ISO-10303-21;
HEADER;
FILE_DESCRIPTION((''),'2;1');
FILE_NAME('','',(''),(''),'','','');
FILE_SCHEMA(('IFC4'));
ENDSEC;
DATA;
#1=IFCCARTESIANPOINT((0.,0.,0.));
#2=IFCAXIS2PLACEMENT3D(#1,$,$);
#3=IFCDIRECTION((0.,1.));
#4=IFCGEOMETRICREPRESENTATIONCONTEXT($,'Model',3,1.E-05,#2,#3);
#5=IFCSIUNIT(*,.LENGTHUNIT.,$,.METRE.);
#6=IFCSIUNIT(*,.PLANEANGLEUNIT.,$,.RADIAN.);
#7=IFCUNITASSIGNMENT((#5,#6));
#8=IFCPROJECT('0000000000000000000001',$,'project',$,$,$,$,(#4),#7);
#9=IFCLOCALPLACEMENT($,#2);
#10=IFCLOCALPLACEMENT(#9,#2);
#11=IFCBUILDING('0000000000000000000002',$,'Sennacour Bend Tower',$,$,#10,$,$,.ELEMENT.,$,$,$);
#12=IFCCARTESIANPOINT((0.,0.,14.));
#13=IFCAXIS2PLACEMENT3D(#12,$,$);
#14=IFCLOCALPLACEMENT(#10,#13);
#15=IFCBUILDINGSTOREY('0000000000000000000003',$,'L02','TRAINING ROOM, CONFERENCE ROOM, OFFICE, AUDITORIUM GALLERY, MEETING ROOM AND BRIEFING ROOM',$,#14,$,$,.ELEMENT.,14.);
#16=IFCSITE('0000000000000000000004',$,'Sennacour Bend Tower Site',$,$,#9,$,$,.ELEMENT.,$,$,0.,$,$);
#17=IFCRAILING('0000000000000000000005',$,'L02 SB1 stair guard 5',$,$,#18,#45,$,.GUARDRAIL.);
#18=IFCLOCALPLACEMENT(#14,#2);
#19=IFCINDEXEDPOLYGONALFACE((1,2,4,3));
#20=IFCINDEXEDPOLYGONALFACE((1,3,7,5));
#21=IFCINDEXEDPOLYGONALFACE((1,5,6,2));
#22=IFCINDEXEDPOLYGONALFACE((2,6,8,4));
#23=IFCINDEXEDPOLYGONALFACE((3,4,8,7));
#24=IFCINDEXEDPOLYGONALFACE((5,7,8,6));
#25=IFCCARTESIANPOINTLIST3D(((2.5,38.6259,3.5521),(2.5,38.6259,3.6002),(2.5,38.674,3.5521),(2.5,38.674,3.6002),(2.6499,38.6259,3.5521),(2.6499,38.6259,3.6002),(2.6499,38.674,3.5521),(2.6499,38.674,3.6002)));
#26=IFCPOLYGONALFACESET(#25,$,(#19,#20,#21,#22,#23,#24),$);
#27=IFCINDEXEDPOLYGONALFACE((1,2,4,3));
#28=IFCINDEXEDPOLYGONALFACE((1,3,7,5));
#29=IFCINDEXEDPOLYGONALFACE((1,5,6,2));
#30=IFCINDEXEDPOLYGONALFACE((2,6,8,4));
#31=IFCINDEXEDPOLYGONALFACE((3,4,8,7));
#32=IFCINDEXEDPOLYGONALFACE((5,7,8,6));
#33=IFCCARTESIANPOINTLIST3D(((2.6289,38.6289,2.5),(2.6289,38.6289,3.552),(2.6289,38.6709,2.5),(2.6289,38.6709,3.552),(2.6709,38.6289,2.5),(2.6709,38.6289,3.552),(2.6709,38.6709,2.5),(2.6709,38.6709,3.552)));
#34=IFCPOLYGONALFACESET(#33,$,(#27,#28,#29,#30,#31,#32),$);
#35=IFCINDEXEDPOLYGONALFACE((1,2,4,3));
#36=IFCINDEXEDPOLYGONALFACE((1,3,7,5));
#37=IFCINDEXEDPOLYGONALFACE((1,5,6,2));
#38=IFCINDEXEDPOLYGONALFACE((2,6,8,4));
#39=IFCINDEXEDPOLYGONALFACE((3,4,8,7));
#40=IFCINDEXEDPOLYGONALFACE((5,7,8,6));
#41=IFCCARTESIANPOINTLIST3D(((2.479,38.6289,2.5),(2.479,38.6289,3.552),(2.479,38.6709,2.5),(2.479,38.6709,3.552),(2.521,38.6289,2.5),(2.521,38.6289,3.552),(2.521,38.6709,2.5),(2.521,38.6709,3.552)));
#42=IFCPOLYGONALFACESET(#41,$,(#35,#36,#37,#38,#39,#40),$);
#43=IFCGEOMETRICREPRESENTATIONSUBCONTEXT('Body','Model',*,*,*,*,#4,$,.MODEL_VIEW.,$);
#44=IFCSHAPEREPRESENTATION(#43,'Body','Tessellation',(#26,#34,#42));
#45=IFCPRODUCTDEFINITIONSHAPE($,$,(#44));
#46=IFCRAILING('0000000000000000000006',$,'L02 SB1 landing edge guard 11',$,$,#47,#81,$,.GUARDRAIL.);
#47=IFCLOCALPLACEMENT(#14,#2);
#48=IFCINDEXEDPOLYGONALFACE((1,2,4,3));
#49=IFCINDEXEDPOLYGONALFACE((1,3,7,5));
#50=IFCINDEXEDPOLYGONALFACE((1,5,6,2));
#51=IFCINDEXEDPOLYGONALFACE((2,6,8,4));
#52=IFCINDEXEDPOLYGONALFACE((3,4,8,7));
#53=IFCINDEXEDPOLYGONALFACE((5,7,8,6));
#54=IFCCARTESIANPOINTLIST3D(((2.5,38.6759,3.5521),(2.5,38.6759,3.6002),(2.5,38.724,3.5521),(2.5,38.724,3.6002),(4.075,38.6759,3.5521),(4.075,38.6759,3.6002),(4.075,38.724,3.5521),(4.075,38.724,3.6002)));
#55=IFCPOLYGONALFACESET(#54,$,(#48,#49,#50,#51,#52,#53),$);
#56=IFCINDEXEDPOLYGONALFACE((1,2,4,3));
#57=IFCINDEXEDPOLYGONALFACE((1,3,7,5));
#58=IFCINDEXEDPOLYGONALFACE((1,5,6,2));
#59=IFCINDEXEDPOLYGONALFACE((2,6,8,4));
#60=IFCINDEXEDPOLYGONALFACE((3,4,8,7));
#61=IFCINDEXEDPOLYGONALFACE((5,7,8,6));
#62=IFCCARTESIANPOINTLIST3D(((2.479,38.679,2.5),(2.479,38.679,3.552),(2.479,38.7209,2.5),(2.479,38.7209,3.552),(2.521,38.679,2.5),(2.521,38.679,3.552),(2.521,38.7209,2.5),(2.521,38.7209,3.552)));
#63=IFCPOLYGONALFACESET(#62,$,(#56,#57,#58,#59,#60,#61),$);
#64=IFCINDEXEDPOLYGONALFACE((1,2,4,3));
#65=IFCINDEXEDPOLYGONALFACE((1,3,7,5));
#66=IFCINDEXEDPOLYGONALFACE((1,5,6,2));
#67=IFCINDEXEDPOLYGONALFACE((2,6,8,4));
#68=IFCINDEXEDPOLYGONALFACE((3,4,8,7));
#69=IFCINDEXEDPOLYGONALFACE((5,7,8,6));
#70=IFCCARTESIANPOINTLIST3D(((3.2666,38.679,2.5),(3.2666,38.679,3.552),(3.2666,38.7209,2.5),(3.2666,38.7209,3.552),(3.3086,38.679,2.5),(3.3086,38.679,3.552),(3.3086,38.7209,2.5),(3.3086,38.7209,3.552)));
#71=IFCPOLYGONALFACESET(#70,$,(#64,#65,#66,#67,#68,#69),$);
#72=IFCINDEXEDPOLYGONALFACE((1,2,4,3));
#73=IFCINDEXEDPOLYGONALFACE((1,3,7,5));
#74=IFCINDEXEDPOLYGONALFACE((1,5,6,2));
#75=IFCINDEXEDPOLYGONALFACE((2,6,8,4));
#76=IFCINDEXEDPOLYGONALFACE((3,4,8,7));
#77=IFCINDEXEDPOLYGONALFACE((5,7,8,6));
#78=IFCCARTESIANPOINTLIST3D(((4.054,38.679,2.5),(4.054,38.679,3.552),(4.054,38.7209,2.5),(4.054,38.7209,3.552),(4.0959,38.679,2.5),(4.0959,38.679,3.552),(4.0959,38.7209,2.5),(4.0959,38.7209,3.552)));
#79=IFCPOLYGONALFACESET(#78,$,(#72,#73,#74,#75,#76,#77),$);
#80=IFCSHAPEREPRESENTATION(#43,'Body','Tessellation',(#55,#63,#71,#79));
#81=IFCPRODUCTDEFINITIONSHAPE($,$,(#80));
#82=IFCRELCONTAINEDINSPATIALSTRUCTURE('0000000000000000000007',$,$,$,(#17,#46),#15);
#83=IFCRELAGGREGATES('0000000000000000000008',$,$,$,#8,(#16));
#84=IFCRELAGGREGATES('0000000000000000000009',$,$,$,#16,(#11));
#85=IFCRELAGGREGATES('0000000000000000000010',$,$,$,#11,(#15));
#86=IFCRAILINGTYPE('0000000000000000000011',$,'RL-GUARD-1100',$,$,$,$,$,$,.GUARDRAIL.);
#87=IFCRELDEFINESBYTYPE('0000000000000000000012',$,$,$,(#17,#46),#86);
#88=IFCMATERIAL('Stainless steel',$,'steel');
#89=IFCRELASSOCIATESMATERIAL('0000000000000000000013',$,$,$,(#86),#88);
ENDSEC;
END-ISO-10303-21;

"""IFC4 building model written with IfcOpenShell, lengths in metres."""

from ifc_helpers import new_model, si_unit, direction, frame, origin, origin_2d, place, context, subcontext, project, spatial, rectangle, extrude, material, type_object, element, save


model = new_model("IFC4")

# Units and contexts
model_context = context("Model", 3, precision=1e-05, world=origin(), true_north=direction((0.0, 1.0)))
body_context = subcontext(model_context, "Body", "Model", "MODEL_VIEW")
ifc_project = project(units=[si_unit("LENGTHUNIT", "METRE"), si_unit("PLANEANGLEUNIT", "RADIAN")], contexts=[model_context])

# Site, building, storey
site_placement = place(None, origin())
site = spatial("IfcSite", under=ifc_project, at=site_placement, Name="Sennacour Bend Tower Site", CompositionType="ELEMENT", RefElevation=0.0)
building_placement = place(site_placement, origin())
building = spatial("IfcBuilding", under=site, at=building_placement, Name="Sennacour Bend Tower", CompositionType="ELEMENT")
storey_placement = place(building_placement, frame((0.0, 0.0, 14.0)))
storey = spatial("IfcBuildingStorey", under=building, at=storey_placement, Name="L02", Description="TRAINING ROOM, CONFERENCE ROOM, OFFICE, AUDITORIUM GALLERY, MEETING ROOM AND BRIEFING ROOM", CompositionType="ELEMENT", Elevation=14.0)

# Railings
ifc_material_1 = material(Name="Stainless steel", Category="steel")
railing_type = type_object("IfcRailingType", Name="RL-GUARD-1100", PredefinedType="GUARDRAIL", material=ifc_material_1)
railing_1_placement = place(storey_placement, frame((2.6499, 38.6499, 2.5)))
element("IfcRailing", 1, at=railing_1_placement, inside=storey, type_object=railing_type, Name="L02 SB1 stair guard 5", PredefinedType="GUARDRAIL", context=body_context, shape_type="SweptSolid", body=[
    extrude(rectangle(XDim=0.0481, YDim=0.0481, at=origin_2d()), frame((0.0, 0.0, 1.0762), z_axis=(-1.0, 0.0, 0.0), x_axis=(0.0, -1.0, 0.0)), (0.0, 0.0, 1.0), 0.1499),
    extrude(rectangle(XDim=0.042, YDim=0.042, at=origin_2d()), origin(), (0.0, 0.0, 1.0), 1.052),
    extrude(rectangle(XDim=0.042, YDim=0.042, at=origin_2d()), frame((-0.1499, 0.0, 0.0)), (0.0, 0.0, 1.0), 1.052),
])
railing_2_placement = place(storey_placement, frame((2.5, 38.7, 2.5)))
element("IfcRailing", 2, at=railing_2_placement, inside=storey, type_object=railing_type, Name="L02 SB1 landing edge guard 11", PredefinedType="GUARDRAIL", context=body_context, shape_type="SweptSolid", body=[
    extrude(rectangle(XDim=0.0481, YDim=0.0481, at=origin_2d()), frame((0.0, 0.0, 1.0762), z_axis=(1.0, 0.0, 0.0), x_axis=(0.0, 1.0, 0.0)), (0.0, 0.0, 1.0), 1.575),
    extrude(rectangle(XDim=0.042, YDim=0.042, at=origin_2d()), origin(), (0.0, 0.0, 1.0), 1.052),
    extrude(rectangle(XDim=0.042, YDim=0.042, at=origin_2d()), frame((0.7876, 0.0, 0.0)), (0.0, 0.0, 1.0), 1.052),
    extrude(rectangle(XDim=0.042, YDim=0.042, at=origin_2d()), frame((1.575, 0.0, 0.0)), (0.0, 0.0, 1.0), 1.052),
])

save(model, "model.ifc")
